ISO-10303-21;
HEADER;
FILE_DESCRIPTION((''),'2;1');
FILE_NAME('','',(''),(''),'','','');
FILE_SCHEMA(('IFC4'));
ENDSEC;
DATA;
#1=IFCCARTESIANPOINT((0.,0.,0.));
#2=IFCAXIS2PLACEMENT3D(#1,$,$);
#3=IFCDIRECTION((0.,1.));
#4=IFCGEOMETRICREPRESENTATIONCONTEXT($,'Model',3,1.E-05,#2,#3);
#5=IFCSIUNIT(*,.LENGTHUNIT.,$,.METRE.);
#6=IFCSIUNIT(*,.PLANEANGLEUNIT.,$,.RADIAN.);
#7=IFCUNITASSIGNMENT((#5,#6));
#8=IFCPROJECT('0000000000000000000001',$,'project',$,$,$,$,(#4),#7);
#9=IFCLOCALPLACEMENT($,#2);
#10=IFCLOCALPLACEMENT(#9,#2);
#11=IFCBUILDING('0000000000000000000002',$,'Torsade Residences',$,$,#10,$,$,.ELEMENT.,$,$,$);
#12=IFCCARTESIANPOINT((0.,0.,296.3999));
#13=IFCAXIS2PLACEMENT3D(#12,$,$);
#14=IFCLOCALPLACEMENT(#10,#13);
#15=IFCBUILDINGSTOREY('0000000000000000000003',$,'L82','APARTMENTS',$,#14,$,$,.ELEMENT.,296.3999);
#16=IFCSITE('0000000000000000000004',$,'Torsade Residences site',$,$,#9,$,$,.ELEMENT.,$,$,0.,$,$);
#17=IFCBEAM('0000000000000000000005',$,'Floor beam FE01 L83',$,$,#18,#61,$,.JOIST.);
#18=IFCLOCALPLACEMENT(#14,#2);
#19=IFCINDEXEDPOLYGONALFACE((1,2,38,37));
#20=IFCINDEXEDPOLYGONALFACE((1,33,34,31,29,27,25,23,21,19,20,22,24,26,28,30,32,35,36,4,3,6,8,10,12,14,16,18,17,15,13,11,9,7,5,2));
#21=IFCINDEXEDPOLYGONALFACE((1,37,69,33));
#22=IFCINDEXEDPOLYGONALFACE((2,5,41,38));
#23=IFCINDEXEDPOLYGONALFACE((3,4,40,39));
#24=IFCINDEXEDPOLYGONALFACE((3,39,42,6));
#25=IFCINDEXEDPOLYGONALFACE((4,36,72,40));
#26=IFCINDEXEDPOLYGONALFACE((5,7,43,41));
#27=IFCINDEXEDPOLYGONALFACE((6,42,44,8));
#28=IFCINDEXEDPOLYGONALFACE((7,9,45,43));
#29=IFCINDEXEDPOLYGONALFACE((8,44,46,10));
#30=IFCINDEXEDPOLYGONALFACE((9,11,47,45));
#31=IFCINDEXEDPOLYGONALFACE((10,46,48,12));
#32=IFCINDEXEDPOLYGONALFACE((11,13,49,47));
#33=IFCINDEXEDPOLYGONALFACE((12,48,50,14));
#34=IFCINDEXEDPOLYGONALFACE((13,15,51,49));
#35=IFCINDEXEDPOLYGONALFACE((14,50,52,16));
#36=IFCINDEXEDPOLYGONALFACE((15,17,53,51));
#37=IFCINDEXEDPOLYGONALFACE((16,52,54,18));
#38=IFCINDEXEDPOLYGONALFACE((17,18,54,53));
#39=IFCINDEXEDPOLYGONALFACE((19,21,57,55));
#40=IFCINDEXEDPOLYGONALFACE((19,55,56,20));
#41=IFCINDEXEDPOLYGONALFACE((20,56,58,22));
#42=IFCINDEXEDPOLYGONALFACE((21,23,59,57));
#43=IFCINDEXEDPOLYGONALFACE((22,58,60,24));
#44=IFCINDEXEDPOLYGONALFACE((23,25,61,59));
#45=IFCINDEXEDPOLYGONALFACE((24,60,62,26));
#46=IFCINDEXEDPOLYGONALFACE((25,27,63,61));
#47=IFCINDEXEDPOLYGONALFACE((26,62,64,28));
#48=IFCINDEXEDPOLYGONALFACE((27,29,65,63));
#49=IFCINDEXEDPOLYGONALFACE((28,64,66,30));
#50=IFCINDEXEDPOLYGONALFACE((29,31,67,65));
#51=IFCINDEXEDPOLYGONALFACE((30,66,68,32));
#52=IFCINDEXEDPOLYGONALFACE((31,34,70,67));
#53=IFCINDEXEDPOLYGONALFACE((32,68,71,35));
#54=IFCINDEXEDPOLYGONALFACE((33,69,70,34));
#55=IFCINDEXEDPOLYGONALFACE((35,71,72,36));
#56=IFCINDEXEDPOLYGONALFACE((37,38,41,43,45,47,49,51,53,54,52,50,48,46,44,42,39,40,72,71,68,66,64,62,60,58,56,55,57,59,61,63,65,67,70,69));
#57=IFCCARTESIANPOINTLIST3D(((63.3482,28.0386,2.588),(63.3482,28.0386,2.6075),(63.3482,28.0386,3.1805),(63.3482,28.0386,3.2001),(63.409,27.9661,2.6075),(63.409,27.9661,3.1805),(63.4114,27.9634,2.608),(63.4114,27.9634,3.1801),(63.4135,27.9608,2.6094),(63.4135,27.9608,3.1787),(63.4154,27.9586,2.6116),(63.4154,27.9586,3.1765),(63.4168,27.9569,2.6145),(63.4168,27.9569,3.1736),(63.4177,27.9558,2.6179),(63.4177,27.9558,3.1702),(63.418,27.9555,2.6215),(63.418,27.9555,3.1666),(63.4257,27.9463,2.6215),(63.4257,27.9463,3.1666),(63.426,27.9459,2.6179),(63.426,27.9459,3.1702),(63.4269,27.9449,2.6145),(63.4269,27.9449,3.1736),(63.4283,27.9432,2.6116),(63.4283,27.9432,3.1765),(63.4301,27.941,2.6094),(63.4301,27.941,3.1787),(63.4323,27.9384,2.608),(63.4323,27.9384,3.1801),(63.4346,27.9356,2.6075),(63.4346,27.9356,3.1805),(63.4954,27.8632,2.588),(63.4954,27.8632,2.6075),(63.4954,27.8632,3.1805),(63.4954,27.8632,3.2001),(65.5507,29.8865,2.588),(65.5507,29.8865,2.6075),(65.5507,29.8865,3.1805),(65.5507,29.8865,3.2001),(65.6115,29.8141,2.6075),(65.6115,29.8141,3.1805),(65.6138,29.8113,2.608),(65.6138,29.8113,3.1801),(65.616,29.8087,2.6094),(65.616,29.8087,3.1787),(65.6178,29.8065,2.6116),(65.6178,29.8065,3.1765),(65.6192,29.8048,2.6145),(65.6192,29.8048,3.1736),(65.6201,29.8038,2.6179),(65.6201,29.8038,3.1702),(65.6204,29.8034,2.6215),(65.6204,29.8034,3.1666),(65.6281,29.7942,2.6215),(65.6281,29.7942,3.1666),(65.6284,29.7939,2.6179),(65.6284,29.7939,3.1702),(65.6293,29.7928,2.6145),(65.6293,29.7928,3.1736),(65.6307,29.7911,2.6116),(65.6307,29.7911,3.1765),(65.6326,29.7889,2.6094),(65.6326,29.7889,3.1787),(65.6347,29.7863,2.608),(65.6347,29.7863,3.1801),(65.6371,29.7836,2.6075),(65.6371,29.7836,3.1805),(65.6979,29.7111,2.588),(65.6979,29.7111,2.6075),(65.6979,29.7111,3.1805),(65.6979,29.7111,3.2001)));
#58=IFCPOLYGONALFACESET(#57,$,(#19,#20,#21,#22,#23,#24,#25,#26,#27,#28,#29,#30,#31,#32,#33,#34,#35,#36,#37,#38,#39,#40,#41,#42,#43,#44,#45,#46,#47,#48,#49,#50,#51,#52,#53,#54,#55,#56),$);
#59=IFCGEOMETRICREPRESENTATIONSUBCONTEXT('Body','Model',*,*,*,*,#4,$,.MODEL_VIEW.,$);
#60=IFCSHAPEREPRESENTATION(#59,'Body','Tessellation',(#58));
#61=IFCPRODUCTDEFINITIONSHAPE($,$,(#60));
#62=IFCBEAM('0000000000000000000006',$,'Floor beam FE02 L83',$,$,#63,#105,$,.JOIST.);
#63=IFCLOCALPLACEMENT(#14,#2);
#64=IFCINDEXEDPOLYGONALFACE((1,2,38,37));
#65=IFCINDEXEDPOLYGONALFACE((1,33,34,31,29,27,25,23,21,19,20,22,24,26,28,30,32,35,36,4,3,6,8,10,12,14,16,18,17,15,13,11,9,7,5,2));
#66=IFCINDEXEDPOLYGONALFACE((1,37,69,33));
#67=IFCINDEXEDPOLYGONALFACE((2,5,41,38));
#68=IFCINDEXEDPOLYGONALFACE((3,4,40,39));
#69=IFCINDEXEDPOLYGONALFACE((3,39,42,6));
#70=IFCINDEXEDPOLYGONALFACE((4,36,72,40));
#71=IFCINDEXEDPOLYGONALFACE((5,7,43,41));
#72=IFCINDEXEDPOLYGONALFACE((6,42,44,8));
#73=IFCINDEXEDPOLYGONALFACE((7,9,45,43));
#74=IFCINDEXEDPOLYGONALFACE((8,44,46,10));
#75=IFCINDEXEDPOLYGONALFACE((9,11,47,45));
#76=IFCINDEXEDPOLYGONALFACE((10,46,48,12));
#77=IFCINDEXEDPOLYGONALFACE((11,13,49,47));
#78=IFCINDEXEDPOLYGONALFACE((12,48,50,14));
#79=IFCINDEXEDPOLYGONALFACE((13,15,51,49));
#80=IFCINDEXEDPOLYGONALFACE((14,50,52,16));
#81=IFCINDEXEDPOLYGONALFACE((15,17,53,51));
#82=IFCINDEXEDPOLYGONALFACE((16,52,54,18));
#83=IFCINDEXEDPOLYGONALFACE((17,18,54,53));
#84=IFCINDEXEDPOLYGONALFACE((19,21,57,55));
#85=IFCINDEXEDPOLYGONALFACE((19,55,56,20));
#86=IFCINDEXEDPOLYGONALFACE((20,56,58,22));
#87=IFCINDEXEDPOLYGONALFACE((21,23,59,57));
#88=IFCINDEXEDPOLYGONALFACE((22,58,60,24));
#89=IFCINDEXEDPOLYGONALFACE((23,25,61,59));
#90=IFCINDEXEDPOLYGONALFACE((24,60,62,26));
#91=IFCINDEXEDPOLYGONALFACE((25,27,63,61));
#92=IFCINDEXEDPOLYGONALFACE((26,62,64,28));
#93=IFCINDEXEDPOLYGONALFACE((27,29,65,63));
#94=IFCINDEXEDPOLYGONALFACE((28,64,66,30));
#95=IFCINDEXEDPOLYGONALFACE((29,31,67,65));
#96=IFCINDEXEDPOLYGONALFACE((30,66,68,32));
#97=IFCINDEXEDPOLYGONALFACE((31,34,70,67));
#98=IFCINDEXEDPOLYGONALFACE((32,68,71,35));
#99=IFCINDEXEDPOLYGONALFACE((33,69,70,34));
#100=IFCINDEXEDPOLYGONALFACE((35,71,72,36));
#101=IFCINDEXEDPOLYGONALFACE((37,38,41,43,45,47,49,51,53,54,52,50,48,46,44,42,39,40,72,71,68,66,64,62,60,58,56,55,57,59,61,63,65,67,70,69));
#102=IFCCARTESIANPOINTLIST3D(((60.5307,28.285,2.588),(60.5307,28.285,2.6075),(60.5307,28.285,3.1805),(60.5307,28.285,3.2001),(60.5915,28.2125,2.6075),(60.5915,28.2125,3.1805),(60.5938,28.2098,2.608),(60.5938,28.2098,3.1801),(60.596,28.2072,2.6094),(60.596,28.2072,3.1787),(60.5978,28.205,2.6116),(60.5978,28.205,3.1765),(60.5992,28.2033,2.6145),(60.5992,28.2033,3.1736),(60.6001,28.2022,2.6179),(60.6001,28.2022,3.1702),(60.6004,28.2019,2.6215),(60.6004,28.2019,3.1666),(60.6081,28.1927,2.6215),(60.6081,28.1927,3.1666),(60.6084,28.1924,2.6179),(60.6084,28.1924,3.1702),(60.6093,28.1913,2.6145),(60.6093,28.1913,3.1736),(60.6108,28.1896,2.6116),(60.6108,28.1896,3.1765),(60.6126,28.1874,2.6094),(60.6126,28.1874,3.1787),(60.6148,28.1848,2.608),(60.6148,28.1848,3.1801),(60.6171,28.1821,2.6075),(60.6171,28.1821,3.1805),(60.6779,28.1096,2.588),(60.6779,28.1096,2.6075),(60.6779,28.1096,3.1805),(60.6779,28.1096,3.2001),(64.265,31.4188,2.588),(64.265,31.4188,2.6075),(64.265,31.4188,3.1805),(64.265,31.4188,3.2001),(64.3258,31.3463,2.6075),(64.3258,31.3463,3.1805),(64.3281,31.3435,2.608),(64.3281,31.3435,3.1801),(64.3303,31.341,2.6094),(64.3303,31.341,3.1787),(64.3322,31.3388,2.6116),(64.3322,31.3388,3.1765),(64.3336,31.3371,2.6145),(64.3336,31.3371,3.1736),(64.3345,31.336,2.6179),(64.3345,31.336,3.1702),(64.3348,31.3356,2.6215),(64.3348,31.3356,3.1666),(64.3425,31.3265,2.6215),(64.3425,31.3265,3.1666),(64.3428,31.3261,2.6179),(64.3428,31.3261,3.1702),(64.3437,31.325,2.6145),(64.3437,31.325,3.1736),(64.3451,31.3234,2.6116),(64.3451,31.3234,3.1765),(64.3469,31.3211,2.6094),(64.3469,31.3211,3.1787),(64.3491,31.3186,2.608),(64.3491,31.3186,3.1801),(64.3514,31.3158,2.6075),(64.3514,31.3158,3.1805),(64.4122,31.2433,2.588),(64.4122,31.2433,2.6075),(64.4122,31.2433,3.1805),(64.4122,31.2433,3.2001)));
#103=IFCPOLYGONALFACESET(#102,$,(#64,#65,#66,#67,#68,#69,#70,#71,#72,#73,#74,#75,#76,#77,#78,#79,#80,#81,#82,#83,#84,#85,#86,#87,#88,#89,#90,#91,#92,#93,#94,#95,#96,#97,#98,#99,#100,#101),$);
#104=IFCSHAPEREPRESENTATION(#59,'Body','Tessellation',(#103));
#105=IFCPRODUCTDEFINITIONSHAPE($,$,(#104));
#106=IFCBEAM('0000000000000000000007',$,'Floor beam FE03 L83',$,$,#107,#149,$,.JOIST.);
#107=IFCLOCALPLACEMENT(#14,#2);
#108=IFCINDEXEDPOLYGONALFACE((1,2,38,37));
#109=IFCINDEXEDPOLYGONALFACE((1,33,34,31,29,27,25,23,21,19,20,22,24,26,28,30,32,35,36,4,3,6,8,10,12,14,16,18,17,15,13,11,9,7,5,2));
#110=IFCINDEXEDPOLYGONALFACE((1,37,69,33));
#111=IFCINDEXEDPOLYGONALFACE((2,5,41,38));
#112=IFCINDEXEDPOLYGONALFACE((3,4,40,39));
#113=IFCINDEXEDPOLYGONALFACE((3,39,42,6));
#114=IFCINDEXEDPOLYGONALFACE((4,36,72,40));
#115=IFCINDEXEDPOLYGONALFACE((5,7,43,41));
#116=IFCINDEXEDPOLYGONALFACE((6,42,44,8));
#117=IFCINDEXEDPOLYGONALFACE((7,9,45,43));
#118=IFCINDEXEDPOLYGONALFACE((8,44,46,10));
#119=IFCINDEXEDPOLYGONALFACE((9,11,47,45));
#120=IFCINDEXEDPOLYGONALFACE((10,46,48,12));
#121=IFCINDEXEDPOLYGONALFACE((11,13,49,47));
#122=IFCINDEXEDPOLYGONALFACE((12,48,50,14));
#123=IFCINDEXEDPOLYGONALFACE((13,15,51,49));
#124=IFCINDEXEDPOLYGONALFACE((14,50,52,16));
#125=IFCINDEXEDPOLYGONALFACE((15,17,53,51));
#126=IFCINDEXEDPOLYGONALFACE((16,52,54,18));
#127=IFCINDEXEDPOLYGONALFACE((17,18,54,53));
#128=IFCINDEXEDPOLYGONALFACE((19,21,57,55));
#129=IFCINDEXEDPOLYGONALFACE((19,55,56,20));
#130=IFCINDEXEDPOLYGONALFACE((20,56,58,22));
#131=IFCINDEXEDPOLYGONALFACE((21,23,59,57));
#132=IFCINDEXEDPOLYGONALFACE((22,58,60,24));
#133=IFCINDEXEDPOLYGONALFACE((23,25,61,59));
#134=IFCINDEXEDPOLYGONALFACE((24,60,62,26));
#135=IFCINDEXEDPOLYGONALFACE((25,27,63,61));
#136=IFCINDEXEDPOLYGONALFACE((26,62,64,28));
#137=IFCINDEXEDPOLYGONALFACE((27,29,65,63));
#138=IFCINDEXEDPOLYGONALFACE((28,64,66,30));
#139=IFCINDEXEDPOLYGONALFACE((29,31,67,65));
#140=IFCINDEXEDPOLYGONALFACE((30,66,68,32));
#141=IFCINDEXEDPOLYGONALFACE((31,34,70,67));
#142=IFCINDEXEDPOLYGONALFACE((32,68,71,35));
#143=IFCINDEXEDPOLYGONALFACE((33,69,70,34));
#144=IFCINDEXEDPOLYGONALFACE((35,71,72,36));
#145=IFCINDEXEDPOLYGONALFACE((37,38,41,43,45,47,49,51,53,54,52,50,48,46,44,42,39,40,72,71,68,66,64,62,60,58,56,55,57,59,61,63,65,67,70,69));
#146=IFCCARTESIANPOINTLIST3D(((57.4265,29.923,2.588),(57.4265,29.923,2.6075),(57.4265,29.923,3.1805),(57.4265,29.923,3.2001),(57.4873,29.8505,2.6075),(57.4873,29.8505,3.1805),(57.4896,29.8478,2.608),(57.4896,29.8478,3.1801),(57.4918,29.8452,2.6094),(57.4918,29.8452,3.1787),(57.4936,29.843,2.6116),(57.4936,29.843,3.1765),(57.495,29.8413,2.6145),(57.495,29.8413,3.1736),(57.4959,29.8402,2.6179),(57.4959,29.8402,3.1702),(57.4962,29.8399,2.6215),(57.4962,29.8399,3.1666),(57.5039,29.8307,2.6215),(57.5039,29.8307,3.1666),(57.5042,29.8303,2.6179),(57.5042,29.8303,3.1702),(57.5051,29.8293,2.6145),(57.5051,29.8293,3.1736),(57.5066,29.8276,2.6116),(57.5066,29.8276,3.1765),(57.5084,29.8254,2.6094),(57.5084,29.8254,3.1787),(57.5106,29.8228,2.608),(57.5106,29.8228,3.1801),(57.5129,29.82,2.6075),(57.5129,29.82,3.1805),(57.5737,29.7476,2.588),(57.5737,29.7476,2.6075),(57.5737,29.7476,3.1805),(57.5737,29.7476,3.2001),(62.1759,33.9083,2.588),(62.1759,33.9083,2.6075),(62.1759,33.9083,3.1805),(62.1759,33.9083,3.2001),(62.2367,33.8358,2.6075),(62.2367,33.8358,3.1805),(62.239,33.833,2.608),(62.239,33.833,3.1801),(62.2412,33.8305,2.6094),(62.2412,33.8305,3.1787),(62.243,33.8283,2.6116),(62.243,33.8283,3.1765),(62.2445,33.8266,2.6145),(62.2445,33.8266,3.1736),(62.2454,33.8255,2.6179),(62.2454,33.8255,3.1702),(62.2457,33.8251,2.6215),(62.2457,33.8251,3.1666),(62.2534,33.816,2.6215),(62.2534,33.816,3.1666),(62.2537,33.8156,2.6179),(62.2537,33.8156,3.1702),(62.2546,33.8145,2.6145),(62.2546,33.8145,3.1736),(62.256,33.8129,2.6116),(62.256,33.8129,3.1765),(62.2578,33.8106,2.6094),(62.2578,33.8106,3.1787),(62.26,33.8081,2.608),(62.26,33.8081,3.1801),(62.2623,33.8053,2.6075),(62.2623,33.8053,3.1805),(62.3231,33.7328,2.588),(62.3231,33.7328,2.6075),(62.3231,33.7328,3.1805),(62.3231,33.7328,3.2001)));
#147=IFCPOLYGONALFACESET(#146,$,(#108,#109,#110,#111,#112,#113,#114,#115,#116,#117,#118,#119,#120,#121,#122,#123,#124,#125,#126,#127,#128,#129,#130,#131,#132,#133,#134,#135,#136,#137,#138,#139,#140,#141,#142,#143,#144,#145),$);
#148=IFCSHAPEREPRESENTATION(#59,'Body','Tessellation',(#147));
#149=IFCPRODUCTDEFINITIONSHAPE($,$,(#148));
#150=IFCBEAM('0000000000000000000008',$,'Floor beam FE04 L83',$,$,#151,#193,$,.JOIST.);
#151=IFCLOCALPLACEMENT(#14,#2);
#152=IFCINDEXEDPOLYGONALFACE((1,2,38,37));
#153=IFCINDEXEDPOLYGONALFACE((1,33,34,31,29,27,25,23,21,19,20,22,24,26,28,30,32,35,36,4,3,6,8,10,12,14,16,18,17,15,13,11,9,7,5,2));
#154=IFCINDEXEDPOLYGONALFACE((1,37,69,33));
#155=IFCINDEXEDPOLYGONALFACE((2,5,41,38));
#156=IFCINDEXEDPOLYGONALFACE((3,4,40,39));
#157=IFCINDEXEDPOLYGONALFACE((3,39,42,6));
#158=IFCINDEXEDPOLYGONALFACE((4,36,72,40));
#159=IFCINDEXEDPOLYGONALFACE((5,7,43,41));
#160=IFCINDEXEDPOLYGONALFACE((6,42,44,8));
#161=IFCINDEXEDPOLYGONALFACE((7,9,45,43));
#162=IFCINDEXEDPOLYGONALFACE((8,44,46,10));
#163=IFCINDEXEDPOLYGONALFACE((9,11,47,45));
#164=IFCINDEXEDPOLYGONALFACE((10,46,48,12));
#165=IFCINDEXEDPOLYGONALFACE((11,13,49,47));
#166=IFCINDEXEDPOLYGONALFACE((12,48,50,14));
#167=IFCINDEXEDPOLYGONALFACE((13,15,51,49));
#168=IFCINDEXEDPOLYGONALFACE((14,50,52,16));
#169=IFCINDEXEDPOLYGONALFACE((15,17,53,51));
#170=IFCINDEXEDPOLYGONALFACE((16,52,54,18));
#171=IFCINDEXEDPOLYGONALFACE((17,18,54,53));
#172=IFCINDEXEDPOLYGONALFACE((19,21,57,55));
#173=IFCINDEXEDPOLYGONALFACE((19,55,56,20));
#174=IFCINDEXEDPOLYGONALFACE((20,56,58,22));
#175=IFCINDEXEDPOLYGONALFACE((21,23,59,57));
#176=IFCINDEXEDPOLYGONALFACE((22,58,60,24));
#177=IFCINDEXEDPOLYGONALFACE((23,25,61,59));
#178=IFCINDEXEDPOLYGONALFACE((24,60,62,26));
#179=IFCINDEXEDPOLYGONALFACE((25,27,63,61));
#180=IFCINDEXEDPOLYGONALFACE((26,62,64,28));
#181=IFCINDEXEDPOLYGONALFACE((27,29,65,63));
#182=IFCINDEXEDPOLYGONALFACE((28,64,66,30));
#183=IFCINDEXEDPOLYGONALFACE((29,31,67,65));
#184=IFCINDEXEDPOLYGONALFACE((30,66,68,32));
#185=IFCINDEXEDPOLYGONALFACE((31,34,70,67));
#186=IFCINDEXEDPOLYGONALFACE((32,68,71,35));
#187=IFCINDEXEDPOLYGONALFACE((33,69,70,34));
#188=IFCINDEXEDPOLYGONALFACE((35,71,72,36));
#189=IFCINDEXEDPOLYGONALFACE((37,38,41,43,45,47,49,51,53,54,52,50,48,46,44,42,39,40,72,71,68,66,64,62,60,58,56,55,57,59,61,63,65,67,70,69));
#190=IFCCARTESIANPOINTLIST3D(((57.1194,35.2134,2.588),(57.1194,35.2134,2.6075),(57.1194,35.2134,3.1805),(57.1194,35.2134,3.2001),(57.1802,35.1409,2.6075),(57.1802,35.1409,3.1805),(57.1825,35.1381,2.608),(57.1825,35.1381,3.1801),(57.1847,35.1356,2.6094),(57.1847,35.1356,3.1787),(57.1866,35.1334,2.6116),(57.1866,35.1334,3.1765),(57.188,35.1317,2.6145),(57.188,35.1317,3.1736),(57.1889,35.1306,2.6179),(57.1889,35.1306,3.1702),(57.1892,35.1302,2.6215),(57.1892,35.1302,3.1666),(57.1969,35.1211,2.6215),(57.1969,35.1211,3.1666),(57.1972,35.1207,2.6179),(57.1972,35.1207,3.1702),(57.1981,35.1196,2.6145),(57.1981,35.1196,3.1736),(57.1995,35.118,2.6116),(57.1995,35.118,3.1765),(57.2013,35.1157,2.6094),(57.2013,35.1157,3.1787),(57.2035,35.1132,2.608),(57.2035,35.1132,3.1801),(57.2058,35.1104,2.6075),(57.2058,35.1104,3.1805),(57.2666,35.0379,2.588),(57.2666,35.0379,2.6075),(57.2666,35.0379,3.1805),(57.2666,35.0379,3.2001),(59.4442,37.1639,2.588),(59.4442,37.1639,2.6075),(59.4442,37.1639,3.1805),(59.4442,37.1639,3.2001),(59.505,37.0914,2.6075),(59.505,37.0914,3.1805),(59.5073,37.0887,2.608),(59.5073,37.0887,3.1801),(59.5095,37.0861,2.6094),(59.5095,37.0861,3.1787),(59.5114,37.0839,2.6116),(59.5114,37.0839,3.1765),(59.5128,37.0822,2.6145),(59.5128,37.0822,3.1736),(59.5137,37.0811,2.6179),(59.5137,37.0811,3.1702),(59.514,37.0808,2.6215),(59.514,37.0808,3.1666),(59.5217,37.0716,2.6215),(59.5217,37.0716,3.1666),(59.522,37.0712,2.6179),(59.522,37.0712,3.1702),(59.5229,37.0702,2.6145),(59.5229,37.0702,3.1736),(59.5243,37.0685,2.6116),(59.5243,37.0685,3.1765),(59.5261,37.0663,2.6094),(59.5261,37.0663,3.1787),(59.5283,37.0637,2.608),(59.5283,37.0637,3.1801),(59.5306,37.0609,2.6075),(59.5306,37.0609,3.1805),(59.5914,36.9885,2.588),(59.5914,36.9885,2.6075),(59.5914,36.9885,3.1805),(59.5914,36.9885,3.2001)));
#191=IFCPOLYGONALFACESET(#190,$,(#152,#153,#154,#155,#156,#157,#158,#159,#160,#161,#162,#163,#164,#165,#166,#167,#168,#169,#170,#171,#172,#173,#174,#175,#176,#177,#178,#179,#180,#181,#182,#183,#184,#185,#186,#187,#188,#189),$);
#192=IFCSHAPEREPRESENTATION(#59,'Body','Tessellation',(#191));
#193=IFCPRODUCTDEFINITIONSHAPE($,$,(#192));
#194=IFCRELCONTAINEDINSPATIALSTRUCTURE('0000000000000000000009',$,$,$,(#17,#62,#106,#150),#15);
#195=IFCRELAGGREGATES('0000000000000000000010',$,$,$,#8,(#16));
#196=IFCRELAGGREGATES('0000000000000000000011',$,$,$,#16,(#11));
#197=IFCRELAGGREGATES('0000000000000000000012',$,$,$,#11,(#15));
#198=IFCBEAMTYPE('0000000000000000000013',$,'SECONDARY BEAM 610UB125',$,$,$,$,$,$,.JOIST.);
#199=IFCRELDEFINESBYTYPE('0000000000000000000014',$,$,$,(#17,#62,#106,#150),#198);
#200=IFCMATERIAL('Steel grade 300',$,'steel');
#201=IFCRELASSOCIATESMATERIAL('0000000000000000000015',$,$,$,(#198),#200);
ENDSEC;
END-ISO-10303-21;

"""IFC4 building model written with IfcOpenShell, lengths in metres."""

from ifc_helpers import new_model, si_unit, direction, frame, origin, origin_2d, place, context, subcontext, project, spatial, i_section, extrude, material, material_profile, profile_set, type_object, element, save


model = new_model("IFC4")

# Units and contexts
model_context = context("Model", 3, precision=1e-05, world=origin(), true_north=direction((0.0, 1.0)))
body_context = subcontext(model_context, "Body", "Model", "MODEL_VIEW")
ifc_project = project(units=[si_unit("LENGTHUNIT", "METRE"), si_unit("PLANEANGLEUNIT", "RADIAN")], contexts=[model_context])

# Site, building, storey
site_placement = place(None, origin())
site = spatial("IfcSite", under=ifc_project, at=site_placement, Name="Torsade Residences site", CompositionType="ELEMENT", RefElevation=0.0)
building_placement = place(site_placement, origin())
building = spatial("IfcBuilding", under=site, at=building_placement, Name="Torsade Residences", CompositionType="ELEMENT")
storey_placement = place(building_placement, frame((0.0, 0.0, 296.3999)))
storey = spatial("IfcBuildingStorey", under=building, at=storey_placement, Name="L82", Description="APARTMENTS", CompositionType="ELEMENT", Elevation=296.3999)

# Beams
ifc_material_1 = material(Name="Steel grade 300", Category="steel")
ifc_material_profile_1 = material_profile(ifc_material_1, i_section(OverallWidth=0.229, OverallDepth=0.6121, WebThickness=0.012, FlangeThickness=0.0195, FilletRadius=0.0139, at=origin_2d()), Name="610UB125")
ifc_profile_set_1 = profile_set([ifc_material_profile_1], Name="Steel grade 300")
beam_type_1 = type_object("IfcBeamType", Name="SECONDARY BEAM 610UB125", PredefinedType="JOIST", material=ifc_profile_set_1)
beam_1_placement = place(storey_placement, frame((65.6243, 29.7988, 2.894), z_axis=(-0.766066, -0.642762, 0.0), x_axis=(0.642762, -0.766066, 0.0)))
element("IfcBeam", 1, at=beam_1_placement, inside=storey, type_object=beam_type_1, Name="Floor beam FE01 L83", PredefinedType="JOIST", context=body_context, shape_type="SweptSolid", body=[
    extrude(i_section(OverallWidth=0.229, OverallDepth=0.6121, WebThickness=0.012, FlangeThickness=0.0195, FilletRadius=0.0139, at=origin_2d()), origin(), (0.0, 0.0, 1.0), 2.875),
])
beam_2_placement = place(storey_placement, frame((64.3386, 31.3311, 2.894), z_axis=(-0.766017, -0.642821, 0.0), x_axis=(0.642821, -0.766017, 0.0)))
element("IfcBeam", 2, at=beam_2_placement, inside=storey, type_object=beam_type_1, Name="Floor beam FE02 L83", PredefinedType="JOIST", context=body_context, shape_type="SweptSolid", body=[
    extrude(i_section(OverallWidth=0.229, OverallDepth=0.6121, WebThickness=0.012, FlangeThickness=0.0195, FilletRadius=0.0139, at=origin_2d()), origin(), (0.0, 0.0, 1.0), 4.875),
])
beam_3_placement = place(storey_placement, frame((62.2495, 33.8206, 2.894), z_axis=(-0.766041, -0.642791, 0.0), x_axis=(0.642791, -0.766041, 0.0)))
element("IfcBeam", 3, at=beam_3_placement, inside=storey, type_object=beam_type_1, Name="Floor beam FE03 L83", PredefinedType="JOIST", context=body_context, shape_type="SweptSolid", body=[
    extrude(i_section(OverallWidth=0.229, OverallDepth=0.6121, WebThickness=0.012, FlangeThickness=0.0195, FilletRadius=0.0139, at=origin_2d()), origin(), (0.0, 0.0, 1.0), 6.2),
])
beam_4_placement = place(storey_placement, frame((59.5178, 37.0762, 2.894), z_axis=(-0.76608, -0.642745, 0.0), x_axis=(0.642745, -0.76608, 0.0)))
element("IfcBeam", 4, at=beam_4_placement, inside=storey, type_object=beam_type_1, Name="Floor beam FE04 L83", PredefinedType="JOIST", context=body_context, shape_type="SweptSolid", body=[
    extrude(i_section(OverallWidth=0.229, OverallDepth=0.6121, WebThickness=0.012, FlangeThickness=0.0195, FilletRadius=0.0139, at=origin_2d()), origin(), (0.0, 0.0, 1.0), 3.0347),
])

save(model, "model.ifc")
